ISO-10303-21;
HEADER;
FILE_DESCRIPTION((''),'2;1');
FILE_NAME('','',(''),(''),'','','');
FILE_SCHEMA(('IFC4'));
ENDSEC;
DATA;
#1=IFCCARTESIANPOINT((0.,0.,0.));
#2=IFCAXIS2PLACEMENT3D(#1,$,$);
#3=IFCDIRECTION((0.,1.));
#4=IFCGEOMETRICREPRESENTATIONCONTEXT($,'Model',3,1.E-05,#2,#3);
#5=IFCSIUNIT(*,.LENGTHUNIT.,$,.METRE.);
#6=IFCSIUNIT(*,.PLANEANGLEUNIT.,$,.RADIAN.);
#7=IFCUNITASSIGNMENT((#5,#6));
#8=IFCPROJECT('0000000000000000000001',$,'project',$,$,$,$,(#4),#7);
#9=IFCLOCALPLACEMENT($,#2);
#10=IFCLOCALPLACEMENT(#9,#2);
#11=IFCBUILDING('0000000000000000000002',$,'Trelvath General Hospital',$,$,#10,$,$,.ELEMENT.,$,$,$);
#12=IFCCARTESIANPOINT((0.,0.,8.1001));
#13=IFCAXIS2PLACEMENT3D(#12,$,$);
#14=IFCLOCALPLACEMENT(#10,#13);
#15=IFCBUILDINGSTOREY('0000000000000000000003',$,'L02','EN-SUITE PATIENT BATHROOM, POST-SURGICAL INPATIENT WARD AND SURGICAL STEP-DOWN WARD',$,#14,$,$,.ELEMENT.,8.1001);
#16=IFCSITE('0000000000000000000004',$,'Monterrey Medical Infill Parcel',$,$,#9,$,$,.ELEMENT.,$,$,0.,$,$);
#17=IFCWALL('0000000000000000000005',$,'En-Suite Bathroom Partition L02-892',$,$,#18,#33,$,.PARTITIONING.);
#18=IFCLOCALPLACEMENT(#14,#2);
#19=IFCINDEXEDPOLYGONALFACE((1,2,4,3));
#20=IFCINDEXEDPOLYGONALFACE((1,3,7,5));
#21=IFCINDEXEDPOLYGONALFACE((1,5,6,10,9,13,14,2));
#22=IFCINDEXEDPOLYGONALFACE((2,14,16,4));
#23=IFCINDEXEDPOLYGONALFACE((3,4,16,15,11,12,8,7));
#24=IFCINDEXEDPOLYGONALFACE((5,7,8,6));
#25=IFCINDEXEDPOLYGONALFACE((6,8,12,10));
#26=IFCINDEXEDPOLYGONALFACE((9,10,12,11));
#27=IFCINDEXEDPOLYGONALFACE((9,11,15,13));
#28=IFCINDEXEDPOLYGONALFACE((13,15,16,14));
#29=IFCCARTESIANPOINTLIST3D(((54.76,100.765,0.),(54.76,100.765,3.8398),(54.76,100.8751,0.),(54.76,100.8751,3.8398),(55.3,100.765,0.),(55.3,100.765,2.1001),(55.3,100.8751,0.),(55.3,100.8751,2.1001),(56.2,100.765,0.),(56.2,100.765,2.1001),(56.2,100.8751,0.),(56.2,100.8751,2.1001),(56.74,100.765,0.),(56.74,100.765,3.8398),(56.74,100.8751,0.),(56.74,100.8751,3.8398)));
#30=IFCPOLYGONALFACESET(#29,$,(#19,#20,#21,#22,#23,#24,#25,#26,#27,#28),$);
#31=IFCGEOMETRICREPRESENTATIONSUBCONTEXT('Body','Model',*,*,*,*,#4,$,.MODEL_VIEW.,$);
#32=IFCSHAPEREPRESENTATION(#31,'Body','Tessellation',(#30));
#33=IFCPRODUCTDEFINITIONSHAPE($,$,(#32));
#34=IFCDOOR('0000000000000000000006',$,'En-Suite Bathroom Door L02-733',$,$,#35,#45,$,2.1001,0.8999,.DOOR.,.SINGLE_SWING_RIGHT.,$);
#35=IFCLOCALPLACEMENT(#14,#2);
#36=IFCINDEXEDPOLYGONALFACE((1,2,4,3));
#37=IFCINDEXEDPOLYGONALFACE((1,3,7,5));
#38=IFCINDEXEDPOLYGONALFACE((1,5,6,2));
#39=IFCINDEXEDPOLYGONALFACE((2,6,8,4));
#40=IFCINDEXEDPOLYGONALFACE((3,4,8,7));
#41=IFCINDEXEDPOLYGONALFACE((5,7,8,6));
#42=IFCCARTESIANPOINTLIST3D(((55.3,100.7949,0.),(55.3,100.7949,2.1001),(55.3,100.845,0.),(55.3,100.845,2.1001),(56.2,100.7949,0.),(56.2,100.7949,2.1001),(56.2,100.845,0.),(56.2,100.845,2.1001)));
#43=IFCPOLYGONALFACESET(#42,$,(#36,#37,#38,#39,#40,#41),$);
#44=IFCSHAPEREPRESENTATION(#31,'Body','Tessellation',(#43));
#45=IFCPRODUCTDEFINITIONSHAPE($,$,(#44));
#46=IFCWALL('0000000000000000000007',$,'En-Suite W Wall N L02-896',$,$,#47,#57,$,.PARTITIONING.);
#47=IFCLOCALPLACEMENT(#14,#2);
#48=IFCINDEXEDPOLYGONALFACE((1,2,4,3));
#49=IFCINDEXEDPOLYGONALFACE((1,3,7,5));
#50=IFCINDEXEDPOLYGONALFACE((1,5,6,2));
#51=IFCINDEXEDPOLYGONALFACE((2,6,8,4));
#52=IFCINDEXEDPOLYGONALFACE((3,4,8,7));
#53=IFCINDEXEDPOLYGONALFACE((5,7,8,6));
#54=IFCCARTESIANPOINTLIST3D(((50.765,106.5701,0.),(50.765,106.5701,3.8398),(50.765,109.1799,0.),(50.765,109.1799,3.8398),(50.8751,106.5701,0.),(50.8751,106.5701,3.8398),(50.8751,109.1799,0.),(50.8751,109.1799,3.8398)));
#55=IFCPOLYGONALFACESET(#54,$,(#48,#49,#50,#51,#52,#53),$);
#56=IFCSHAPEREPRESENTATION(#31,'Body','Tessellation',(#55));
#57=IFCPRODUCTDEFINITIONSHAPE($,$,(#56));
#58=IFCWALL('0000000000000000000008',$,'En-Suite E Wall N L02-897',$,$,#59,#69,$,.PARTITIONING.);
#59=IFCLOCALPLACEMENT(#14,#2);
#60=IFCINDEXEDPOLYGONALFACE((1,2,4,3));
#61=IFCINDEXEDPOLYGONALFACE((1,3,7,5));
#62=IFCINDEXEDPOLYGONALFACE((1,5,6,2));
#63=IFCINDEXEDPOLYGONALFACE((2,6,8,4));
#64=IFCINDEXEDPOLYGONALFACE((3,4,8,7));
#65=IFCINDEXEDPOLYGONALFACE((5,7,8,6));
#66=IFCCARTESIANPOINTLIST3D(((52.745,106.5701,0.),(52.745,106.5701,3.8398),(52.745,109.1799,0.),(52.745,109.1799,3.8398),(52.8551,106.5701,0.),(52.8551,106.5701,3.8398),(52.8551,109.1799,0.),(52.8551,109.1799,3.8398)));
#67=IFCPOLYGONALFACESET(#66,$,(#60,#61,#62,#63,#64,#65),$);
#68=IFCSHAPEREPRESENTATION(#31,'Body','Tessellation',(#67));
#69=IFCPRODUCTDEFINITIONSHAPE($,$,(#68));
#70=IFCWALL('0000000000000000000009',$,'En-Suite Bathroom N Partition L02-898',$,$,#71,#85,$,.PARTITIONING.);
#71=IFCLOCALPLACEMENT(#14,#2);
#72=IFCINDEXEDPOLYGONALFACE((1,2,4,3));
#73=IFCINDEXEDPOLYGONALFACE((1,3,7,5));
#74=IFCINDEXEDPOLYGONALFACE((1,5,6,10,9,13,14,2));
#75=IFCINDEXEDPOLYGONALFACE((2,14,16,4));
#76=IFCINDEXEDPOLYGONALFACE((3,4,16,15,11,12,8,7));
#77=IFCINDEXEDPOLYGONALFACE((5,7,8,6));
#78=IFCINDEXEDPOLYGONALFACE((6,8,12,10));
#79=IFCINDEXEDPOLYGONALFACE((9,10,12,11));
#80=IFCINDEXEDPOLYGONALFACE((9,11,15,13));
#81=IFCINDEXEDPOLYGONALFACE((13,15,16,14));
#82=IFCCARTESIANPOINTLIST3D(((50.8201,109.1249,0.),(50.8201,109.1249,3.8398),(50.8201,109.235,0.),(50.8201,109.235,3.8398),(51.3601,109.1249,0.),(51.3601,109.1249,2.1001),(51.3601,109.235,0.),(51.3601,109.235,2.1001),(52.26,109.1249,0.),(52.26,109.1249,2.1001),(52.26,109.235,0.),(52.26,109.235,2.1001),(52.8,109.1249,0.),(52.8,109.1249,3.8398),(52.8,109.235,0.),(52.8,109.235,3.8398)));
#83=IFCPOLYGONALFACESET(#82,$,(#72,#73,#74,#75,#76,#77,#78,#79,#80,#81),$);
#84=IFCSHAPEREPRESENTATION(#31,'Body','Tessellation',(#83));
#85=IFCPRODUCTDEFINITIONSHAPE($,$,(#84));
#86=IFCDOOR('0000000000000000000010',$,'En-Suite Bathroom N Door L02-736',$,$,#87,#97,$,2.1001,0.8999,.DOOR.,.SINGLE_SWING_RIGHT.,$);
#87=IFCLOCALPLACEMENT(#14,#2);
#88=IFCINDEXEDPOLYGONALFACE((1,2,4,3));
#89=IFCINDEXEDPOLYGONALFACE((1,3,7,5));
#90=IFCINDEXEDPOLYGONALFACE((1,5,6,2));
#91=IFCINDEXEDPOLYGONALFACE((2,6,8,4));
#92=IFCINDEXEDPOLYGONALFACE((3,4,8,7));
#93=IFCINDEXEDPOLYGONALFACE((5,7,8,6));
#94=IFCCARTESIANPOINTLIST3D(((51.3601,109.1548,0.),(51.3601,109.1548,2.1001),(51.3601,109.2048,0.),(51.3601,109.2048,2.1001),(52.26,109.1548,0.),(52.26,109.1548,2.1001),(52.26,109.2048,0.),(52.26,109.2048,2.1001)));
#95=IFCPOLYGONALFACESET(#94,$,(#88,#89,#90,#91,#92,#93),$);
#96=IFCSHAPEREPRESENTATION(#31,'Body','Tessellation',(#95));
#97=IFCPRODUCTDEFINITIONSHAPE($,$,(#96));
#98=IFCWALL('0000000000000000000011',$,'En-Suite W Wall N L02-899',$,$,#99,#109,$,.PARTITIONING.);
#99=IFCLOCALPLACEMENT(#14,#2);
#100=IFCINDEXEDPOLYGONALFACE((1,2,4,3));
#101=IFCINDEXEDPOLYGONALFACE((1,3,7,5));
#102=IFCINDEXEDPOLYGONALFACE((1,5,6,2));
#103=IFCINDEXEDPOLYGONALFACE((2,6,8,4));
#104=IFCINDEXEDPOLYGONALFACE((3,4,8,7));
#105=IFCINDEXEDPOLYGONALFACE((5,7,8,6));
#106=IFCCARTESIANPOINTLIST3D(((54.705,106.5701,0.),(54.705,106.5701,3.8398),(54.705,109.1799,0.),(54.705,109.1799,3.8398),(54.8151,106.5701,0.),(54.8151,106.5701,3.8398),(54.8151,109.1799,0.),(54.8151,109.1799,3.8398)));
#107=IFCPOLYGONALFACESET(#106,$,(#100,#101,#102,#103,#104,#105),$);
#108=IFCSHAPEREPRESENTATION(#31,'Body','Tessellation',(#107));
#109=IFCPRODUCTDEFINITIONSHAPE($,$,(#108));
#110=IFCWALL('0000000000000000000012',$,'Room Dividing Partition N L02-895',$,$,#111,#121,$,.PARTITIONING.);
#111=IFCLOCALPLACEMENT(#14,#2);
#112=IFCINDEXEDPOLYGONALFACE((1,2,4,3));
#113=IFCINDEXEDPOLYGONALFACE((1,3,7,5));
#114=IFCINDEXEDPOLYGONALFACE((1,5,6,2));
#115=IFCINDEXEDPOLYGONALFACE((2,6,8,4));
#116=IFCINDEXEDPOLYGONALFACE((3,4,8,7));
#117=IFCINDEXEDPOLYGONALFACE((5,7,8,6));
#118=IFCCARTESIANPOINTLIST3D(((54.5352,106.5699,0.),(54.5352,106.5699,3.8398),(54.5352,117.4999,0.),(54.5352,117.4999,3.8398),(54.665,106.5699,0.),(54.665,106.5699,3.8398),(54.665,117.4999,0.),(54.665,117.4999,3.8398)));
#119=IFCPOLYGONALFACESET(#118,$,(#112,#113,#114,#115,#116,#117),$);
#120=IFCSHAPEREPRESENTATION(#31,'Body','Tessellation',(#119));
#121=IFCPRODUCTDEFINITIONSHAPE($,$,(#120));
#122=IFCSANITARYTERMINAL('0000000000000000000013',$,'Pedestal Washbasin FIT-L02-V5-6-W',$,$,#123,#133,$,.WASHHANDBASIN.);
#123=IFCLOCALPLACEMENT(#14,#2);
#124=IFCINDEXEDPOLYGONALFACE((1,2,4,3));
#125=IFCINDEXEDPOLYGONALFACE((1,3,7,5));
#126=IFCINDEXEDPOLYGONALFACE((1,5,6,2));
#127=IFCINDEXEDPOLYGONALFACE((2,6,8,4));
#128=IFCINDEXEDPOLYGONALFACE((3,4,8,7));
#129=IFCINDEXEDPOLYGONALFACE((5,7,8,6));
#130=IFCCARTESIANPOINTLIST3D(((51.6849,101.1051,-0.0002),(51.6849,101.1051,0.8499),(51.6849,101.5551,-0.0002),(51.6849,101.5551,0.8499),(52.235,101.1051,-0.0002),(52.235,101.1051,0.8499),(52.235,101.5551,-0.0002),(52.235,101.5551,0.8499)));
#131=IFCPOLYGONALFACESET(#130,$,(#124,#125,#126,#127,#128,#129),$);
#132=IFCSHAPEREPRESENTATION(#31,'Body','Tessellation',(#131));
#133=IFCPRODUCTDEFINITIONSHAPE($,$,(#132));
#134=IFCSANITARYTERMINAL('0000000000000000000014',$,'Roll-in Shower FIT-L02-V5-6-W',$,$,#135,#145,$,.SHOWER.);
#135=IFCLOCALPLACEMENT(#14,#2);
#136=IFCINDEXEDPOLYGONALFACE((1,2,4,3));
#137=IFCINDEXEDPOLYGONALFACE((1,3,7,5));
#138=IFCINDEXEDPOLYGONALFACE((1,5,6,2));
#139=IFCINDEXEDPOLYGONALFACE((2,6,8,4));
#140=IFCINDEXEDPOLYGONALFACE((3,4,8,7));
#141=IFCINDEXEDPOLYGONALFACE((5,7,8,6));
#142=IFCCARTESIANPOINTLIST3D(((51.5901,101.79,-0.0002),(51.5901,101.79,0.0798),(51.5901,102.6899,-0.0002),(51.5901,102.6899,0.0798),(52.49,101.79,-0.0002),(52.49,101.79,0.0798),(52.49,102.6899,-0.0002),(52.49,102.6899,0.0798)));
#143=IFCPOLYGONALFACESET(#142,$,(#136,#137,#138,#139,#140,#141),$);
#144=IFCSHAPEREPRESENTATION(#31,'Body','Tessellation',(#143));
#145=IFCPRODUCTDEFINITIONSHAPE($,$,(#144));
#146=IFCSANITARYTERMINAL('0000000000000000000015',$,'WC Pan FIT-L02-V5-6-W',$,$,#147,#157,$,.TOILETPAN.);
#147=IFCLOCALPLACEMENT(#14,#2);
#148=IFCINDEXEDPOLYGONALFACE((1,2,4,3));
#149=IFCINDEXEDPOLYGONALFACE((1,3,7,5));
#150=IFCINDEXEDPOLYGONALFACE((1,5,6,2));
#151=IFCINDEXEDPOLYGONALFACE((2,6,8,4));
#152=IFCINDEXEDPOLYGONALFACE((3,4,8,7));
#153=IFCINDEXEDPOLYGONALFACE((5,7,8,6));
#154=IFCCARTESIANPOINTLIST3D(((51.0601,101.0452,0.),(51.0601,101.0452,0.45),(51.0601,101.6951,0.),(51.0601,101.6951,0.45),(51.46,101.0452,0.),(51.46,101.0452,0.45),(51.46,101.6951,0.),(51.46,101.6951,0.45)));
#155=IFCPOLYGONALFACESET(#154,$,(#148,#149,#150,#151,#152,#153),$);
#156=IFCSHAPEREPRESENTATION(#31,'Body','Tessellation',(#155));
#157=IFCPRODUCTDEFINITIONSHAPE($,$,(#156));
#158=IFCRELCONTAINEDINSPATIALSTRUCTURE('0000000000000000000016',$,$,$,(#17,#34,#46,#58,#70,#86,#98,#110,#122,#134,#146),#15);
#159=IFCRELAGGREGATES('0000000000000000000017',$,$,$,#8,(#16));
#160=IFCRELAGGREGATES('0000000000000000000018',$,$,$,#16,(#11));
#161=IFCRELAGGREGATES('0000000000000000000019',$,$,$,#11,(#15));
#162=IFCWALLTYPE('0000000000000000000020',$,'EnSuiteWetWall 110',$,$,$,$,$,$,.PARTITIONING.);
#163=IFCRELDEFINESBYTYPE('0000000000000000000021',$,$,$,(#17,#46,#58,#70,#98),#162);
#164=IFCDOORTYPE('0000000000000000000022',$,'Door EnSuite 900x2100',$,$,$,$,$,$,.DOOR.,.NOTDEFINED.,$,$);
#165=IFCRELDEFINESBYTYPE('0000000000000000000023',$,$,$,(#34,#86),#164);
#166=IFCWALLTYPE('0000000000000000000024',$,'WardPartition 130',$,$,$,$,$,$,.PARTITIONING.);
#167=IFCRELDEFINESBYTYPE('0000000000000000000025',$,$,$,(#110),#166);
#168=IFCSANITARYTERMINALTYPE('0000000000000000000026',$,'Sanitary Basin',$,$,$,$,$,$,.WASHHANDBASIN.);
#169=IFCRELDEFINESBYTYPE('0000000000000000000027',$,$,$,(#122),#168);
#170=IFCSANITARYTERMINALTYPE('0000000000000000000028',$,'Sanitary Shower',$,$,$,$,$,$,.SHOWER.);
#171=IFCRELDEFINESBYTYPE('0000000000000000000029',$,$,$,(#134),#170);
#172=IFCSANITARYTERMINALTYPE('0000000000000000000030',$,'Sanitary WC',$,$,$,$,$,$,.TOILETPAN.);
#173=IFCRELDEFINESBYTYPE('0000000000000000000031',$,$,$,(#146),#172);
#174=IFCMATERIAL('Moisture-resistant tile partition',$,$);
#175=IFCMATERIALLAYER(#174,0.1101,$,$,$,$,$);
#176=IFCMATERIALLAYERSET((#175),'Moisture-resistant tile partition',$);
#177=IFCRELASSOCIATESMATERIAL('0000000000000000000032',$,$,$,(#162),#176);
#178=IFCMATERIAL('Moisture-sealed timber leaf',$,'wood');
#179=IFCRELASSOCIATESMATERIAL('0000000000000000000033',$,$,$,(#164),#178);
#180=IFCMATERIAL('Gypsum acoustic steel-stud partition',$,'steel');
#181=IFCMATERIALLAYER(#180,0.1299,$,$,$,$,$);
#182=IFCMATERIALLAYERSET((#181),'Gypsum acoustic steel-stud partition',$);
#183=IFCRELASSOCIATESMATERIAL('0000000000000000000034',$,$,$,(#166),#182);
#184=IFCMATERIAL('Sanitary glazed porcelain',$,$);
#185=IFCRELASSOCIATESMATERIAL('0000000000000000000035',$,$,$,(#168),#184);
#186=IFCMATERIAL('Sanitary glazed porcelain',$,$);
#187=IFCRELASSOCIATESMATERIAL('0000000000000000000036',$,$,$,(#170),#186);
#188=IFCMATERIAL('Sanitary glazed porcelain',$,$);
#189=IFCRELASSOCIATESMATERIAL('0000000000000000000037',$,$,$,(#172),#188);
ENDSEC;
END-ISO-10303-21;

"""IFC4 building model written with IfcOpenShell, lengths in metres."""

from ifc_helpers import new_model, si_unit, direction, frame, frame_2d, origin, origin_2d, place, context, subcontext, project, spatial, rectangle, extrude, material, layer, layer_set, type_object, element, fill, save


model = new_model("IFC4")

# Units and contexts
model_context = context("Model", 3, precision=1e-05, world=origin(), true_north=direction((0.0, 1.0)))
body_context = subcontext(model_context, "Body", "Model", "MODEL_VIEW")
ifc_project = project(units=[si_unit("LENGTHUNIT", "METRE"), si_unit("PLANEANGLEUNIT", "RADIAN")], contexts=[model_context])

# Site, building, storey
site_placement = place(None, origin())
site = spatial("IfcSite", under=ifc_project, at=site_placement, Name="Monterrey Medical Infill Parcel", CompositionType="ELEMENT", RefElevation=0.0)
building_placement = place(site_placement, origin())
building = spatial("IfcBuilding", under=site, at=building_placement, Name="Trelvath General Hospital", CompositionType="ELEMENT")
storey_placement = place(building_placement, frame((0.0, 0.0, 8.1001)))
storey = spatial("IfcBuildingStorey", under=building, at=storey_placement, Name="L02", Description="EN-SUITE PATIENT BATHROOM, POST-SURGICAL INPATIENT WARD AND SURGICAL STEP-DOWN WARD", CompositionType="ELEMENT", Elevation=8.1001)

# Wall, opening, door
ifc_material_1 = material(Name="Moisture-resistant tile partition")
ifc_layer_1 = layer(ifc_material_1, 0.1101)
ifc_layer_set_1 = layer_set([ifc_layer_1], Name="Moisture-resistant tile partition")
wall_type_1 = type_object("IfcWallType", Name="EnSuiteWetWall 110", PredefinedType="PARTITIONING", material=ifc_layer_set_1)
wall_1_placement = place(storey_placement, frame((54.76, 100.8201, 0.0), z_axis=(0.0, 0.0, 1.0), x_axis=(1.0, 0.0, 0.0)))
wall_1 = element("IfcWall", 1, at=wall_1_placement, inside=storey, type_object=wall_type_1, Name="En-Suite Bathroom Partition L02-892", PredefinedType="PARTITIONING", context=body_context, shape_type="SweptSolid", body=[
    extrude(rectangle(XDim=1.98, YDim=0.1101, at=frame_2d((0.99, 0.0))), origin(), (0.0, 0.0, 1.0), 3.8398),
])
opening_1_placement = place(wall_1_placement, frame((0.54, 0.0, 0.0)))
opening_1 = element("IfcOpeningElement", 2, at=opening_1_placement, cuts=wall_1, PredefinedType="OPENING", context=body_context, shape_type="SweptSolid", body=[
    extrude(rectangle(XDim=0.8999, YDim=2.1001, at=frame_2d((0.45, 1.05))), frame((0.0, 0.0649, 0.0), z_axis=(0.0, -1.0, 0.0), x_axis=(1.0, 0.0, 0.0)), (0.0, 0.0, 1.0), 0.1301),
])
ifc_material_2 = material(Name="Moisture-sealed timber leaf", Category="wood")
door_type_1 = type_object("IfcDoorType", Name="Door EnSuite 900x2100", OperationType="NOTDEFINED", PredefinedType="DOOR", material=ifc_material_2)
door_1_placement = place(opening_1_placement, origin())
door_1 = element("IfcDoor", 3, at=door_1_placement, inside=storey, type_object=door_type_1, Name="En-Suite Bathroom Door L02-733", OperationType="SINGLE_SWING_RIGHT", OverallHeight=2.1001, OverallWidth=0.8999, PredefinedType="DOOR", context=body_context, shape_type="SweptSolid", body=[
    extrude(rectangle(XDim=0.8999, YDim=2.1001, at=frame_2d((0.45, 1.05))), frame((0.0, 0.0249, 0.0), z_axis=(0.0, -1.0, 0.0), x_axis=(1.0, 0.0, 0.0)), (0.0, 0.0, 1.0), 0.05),
])
fill(opening_1, door_1)

# Walls
for number, where, z_axis, x_axis, name in (
    (4, (50.8201, 106.5701, 0.0), (0.0, 0.0, 1.0), (0.0, 1.0, 0.0), "En-Suite W Wall N L02-896"),
    (5, (52.8, 106.5701, 0.0), (0.0, 0.0, 1.0), (0.0, 1.0, 0.0), "En-Suite E Wall N L02-897"),
):
    element("IfcWall", number, at=place(storey_placement, frame(where, z_axis=z_axis, x_axis=x_axis)), inside=storey, type_object=wall_type_1, Name=name, PredefinedType="PARTITIONING", context=body_context, shape_type="SweptSolid", body=[
        extrude(rectangle(XDim=2.6099, YDim=0.1101, at=frame_2d((1.3049, 0.0))), origin(), (0.0, 0.0, 1.0), 3.8398),
    ])

# Wall, opening, door
wall_2_placement = place(storey_placement, frame((50.8201, 109.1799, 0.0), z_axis=(0.0, 0.0, 1.0), x_axis=(1.0, 0.0, 0.0)))
wall_2 = element("IfcWall", 6, at=wall_2_placement, inside=storey, type_object=wall_type_1, Name="En-Suite Bathroom N Partition L02-898", PredefinedType="PARTITIONING", context=body_context, shape_type="SweptSolid", body=[
    extrude(rectangle(XDim=1.98, YDim=0.1101, at=frame_2d((0.99, 0.0))), origin(), (0.0, 0.0, 1.0), 3.8398),
])
opening_2_placement = place(wall_2_placement, frame((0.54, 0.0, 0.0)))
opening_2 = element("IfcOpeningElement", 7, at=opening_2_placement, cuts=wall_2, PredefinedType="OPENING", context=body_context, shape_type="SweptSolid", body=[
    extrude(rectangle(XDim=0.8999, YDim=2.1001, at=frame_2d((0.45, 1.05))), frame((0.0, 0.0649, 0.0), z_axis=(0.0, -1.0, 0.0), x_axis=(1.0, 0.0, 0.0)), (0.0, 0.0, 1.0), 0.1301),
])
door_2_placement = place(opening_2_placement, origin())
door_2 = element("IfcDoor", 8, at=door_2_placement, inside=storey, type_object=door_type_1, Name="En-Suite Bathroom N Door L02-736", OperationType="SINGLE_SWING_RIGHT", OverallHeight=2.1001, OverallWidth=0.8999, PredefinedType="DOOR", context=body_context, shape_type="SweptSolid", body=[
    extrude(rectangle(XDim=0.8999, YDim=2.1001, at=frame_2d((0.45, 1.05))), frame((0.0, 0.0249, 0.0), z_axis=(0.0, -1.0, 0.0), x_axis=(1.0, 0.0, 0.0)), (0.0, 0.0, 1.0), 0.05),
])
fill(opening_2, door_2)

# Walls
wall_3_placement = place(storey_placement, frame((54.76, 106.5701, 0.0), z_axis=(0.0, 0.0, 1.0), x_axis=(0.0, 1.0, 0.0)))
element("IfcWall", 9, at=wall_3_placement, inside=storey, type_object=wall_type_1, Name="En-Suite W Wall N L02-899", PredefinedType="PARTITIONING", context=body_context, shape_type="SweptSolid", body=[
    extrude(rectangle(XDim=2.6099, YDim=0.1101, at=frame_2d((1.3049, 0.0))), origin(), (0.0, 0.0, 1.0), 3.8398),
])
ifc_material_3 = material(Name="Gypsum acoustic steel-stud partition", Category="steel")
ifc_layer_2 = layer(ifc_material_3, 0.1299)
ifc_layer_set_2 = layer_set([ifc_layer_2], Name="Gypsum acoustic steel-stud partition")
wall_type_2 = type_object("IfcWallType", Name="WardPartition 130", PredefinedType="PARTITIONING", material=ifc_layer_set_2)
wall_4_placement = place(storey_placement, frame((54.6001, 106.5701, 0.0), z_axis=(0.0, 0.0, 1.0), x_axis=(0.0, 1.0, 0.0)))
element("IfcWall", 10, at=wall_4_placement, inside=storey, type_object=wall_type_2, Name="Room Dividing Partition N L02-895", PredefinedType="PARTITIONING", context=body_context, shape_type="SweptSolid", body=[
    extrude(rectangle(XDim=10.9299, YDim=0.1299, at=frame_2d((5.4648, 0.0))), origin(), (0.0, 0.0, 1.0), 3.8398),
])

# Sanitary terminals
ifc_material_4 = material(Name="Sanitary glazed porcelain")
sanitary_terminal_type_1 = type_object("IfcSanitaryTerminalType", Name="Sanitary Basin", PredefinedType="WASHHANDBASIN", material=ifc_material_4)
sanitary_terminal_1_placement = place(storey_placement, frame((51.96, 101.3301, -0.0002), z_axis=(0.0, 0.0, 1.0), x_axis=(1.0, 0.0, 0.0)))
element("IfcSanitaryTerminal", 11, at=sanitary_terminal_1_placement, inside=storey, type_object=sanitary_terminal_type_1, Name="Pedestal Washbasin FIT-L02-V5-6-W", PredefinedType="WASHHANDBASIN", context=body_context, shape_type="SweptSolid", body=[
    extrude(rectangle(XDim=0.55, YDim=0.45, at=origin_2d()), origin(), (0.0, 0.0, 1.0), 0.8501),
])
ifc_material_5 = material(Name="Sanitary glazed porcelain")
sanitary_terminal_type_2 = type_object("IfcSanitaryTerminalType", Name="Sanitary Shower", PredefinedType="SHOWER", material=ifc_material_5)
sanitary_terminal_2_placement = place(storey_placement, frame((52.04, 102.24, -0.0002), z_axis=(0.0, 0.0, 1.0), x_axis=(1.0, 0.0, 0.0)))
element("IfcSanitaryTerminal", 12, at=sanitary_terminal_2_placement, inside=storey, type_object=sanitary_terminal_type_2, Name="Roll-in Shower FIT-L02-V5-6-W", PredefinedType="SHOWER", context=body_context, shape_type="SweptSolid", body=[
    extrude(rectangle(XDim=0.8999, YDim=0.8999, at=origin_2d()), origin(), (0.0, 0.0, 1.0), 0.0801),
])
ifc_material_6 = material(Name="Sanitary glazed porcelain")
sanitary_terminal_type_3 = type_object("IfcSanitaryTerminalType", Name="Sanitary WC", PredefinedType="TOILETPAN", material=ifc_material_6)
sanitary_terminal_3_placement = place(storey_placement, frame((51.26, 101.3701, 0.0), z_axis=(0.0, 0.0, 1.0), x_axis=(1.0, 0.0, 0.0)))
element("IfcSanitaryTerminal", 13, at=sanitary_terminal_3_placement, inside=storey, type_object=sanitary_terminal_type_3, Name="WC Pan FIT-L02-V5-6-W", PredefinedType="TOILETPAN", context=body_context, shape_type="SweptSolid", body=[
    extrude(rectangle(XDim=0.3999, YDim=0.6499, at=origin_2d()), origin(), (0.0, 0.0, 1.0), 0.45),
])

save(model, "model.ifc")
